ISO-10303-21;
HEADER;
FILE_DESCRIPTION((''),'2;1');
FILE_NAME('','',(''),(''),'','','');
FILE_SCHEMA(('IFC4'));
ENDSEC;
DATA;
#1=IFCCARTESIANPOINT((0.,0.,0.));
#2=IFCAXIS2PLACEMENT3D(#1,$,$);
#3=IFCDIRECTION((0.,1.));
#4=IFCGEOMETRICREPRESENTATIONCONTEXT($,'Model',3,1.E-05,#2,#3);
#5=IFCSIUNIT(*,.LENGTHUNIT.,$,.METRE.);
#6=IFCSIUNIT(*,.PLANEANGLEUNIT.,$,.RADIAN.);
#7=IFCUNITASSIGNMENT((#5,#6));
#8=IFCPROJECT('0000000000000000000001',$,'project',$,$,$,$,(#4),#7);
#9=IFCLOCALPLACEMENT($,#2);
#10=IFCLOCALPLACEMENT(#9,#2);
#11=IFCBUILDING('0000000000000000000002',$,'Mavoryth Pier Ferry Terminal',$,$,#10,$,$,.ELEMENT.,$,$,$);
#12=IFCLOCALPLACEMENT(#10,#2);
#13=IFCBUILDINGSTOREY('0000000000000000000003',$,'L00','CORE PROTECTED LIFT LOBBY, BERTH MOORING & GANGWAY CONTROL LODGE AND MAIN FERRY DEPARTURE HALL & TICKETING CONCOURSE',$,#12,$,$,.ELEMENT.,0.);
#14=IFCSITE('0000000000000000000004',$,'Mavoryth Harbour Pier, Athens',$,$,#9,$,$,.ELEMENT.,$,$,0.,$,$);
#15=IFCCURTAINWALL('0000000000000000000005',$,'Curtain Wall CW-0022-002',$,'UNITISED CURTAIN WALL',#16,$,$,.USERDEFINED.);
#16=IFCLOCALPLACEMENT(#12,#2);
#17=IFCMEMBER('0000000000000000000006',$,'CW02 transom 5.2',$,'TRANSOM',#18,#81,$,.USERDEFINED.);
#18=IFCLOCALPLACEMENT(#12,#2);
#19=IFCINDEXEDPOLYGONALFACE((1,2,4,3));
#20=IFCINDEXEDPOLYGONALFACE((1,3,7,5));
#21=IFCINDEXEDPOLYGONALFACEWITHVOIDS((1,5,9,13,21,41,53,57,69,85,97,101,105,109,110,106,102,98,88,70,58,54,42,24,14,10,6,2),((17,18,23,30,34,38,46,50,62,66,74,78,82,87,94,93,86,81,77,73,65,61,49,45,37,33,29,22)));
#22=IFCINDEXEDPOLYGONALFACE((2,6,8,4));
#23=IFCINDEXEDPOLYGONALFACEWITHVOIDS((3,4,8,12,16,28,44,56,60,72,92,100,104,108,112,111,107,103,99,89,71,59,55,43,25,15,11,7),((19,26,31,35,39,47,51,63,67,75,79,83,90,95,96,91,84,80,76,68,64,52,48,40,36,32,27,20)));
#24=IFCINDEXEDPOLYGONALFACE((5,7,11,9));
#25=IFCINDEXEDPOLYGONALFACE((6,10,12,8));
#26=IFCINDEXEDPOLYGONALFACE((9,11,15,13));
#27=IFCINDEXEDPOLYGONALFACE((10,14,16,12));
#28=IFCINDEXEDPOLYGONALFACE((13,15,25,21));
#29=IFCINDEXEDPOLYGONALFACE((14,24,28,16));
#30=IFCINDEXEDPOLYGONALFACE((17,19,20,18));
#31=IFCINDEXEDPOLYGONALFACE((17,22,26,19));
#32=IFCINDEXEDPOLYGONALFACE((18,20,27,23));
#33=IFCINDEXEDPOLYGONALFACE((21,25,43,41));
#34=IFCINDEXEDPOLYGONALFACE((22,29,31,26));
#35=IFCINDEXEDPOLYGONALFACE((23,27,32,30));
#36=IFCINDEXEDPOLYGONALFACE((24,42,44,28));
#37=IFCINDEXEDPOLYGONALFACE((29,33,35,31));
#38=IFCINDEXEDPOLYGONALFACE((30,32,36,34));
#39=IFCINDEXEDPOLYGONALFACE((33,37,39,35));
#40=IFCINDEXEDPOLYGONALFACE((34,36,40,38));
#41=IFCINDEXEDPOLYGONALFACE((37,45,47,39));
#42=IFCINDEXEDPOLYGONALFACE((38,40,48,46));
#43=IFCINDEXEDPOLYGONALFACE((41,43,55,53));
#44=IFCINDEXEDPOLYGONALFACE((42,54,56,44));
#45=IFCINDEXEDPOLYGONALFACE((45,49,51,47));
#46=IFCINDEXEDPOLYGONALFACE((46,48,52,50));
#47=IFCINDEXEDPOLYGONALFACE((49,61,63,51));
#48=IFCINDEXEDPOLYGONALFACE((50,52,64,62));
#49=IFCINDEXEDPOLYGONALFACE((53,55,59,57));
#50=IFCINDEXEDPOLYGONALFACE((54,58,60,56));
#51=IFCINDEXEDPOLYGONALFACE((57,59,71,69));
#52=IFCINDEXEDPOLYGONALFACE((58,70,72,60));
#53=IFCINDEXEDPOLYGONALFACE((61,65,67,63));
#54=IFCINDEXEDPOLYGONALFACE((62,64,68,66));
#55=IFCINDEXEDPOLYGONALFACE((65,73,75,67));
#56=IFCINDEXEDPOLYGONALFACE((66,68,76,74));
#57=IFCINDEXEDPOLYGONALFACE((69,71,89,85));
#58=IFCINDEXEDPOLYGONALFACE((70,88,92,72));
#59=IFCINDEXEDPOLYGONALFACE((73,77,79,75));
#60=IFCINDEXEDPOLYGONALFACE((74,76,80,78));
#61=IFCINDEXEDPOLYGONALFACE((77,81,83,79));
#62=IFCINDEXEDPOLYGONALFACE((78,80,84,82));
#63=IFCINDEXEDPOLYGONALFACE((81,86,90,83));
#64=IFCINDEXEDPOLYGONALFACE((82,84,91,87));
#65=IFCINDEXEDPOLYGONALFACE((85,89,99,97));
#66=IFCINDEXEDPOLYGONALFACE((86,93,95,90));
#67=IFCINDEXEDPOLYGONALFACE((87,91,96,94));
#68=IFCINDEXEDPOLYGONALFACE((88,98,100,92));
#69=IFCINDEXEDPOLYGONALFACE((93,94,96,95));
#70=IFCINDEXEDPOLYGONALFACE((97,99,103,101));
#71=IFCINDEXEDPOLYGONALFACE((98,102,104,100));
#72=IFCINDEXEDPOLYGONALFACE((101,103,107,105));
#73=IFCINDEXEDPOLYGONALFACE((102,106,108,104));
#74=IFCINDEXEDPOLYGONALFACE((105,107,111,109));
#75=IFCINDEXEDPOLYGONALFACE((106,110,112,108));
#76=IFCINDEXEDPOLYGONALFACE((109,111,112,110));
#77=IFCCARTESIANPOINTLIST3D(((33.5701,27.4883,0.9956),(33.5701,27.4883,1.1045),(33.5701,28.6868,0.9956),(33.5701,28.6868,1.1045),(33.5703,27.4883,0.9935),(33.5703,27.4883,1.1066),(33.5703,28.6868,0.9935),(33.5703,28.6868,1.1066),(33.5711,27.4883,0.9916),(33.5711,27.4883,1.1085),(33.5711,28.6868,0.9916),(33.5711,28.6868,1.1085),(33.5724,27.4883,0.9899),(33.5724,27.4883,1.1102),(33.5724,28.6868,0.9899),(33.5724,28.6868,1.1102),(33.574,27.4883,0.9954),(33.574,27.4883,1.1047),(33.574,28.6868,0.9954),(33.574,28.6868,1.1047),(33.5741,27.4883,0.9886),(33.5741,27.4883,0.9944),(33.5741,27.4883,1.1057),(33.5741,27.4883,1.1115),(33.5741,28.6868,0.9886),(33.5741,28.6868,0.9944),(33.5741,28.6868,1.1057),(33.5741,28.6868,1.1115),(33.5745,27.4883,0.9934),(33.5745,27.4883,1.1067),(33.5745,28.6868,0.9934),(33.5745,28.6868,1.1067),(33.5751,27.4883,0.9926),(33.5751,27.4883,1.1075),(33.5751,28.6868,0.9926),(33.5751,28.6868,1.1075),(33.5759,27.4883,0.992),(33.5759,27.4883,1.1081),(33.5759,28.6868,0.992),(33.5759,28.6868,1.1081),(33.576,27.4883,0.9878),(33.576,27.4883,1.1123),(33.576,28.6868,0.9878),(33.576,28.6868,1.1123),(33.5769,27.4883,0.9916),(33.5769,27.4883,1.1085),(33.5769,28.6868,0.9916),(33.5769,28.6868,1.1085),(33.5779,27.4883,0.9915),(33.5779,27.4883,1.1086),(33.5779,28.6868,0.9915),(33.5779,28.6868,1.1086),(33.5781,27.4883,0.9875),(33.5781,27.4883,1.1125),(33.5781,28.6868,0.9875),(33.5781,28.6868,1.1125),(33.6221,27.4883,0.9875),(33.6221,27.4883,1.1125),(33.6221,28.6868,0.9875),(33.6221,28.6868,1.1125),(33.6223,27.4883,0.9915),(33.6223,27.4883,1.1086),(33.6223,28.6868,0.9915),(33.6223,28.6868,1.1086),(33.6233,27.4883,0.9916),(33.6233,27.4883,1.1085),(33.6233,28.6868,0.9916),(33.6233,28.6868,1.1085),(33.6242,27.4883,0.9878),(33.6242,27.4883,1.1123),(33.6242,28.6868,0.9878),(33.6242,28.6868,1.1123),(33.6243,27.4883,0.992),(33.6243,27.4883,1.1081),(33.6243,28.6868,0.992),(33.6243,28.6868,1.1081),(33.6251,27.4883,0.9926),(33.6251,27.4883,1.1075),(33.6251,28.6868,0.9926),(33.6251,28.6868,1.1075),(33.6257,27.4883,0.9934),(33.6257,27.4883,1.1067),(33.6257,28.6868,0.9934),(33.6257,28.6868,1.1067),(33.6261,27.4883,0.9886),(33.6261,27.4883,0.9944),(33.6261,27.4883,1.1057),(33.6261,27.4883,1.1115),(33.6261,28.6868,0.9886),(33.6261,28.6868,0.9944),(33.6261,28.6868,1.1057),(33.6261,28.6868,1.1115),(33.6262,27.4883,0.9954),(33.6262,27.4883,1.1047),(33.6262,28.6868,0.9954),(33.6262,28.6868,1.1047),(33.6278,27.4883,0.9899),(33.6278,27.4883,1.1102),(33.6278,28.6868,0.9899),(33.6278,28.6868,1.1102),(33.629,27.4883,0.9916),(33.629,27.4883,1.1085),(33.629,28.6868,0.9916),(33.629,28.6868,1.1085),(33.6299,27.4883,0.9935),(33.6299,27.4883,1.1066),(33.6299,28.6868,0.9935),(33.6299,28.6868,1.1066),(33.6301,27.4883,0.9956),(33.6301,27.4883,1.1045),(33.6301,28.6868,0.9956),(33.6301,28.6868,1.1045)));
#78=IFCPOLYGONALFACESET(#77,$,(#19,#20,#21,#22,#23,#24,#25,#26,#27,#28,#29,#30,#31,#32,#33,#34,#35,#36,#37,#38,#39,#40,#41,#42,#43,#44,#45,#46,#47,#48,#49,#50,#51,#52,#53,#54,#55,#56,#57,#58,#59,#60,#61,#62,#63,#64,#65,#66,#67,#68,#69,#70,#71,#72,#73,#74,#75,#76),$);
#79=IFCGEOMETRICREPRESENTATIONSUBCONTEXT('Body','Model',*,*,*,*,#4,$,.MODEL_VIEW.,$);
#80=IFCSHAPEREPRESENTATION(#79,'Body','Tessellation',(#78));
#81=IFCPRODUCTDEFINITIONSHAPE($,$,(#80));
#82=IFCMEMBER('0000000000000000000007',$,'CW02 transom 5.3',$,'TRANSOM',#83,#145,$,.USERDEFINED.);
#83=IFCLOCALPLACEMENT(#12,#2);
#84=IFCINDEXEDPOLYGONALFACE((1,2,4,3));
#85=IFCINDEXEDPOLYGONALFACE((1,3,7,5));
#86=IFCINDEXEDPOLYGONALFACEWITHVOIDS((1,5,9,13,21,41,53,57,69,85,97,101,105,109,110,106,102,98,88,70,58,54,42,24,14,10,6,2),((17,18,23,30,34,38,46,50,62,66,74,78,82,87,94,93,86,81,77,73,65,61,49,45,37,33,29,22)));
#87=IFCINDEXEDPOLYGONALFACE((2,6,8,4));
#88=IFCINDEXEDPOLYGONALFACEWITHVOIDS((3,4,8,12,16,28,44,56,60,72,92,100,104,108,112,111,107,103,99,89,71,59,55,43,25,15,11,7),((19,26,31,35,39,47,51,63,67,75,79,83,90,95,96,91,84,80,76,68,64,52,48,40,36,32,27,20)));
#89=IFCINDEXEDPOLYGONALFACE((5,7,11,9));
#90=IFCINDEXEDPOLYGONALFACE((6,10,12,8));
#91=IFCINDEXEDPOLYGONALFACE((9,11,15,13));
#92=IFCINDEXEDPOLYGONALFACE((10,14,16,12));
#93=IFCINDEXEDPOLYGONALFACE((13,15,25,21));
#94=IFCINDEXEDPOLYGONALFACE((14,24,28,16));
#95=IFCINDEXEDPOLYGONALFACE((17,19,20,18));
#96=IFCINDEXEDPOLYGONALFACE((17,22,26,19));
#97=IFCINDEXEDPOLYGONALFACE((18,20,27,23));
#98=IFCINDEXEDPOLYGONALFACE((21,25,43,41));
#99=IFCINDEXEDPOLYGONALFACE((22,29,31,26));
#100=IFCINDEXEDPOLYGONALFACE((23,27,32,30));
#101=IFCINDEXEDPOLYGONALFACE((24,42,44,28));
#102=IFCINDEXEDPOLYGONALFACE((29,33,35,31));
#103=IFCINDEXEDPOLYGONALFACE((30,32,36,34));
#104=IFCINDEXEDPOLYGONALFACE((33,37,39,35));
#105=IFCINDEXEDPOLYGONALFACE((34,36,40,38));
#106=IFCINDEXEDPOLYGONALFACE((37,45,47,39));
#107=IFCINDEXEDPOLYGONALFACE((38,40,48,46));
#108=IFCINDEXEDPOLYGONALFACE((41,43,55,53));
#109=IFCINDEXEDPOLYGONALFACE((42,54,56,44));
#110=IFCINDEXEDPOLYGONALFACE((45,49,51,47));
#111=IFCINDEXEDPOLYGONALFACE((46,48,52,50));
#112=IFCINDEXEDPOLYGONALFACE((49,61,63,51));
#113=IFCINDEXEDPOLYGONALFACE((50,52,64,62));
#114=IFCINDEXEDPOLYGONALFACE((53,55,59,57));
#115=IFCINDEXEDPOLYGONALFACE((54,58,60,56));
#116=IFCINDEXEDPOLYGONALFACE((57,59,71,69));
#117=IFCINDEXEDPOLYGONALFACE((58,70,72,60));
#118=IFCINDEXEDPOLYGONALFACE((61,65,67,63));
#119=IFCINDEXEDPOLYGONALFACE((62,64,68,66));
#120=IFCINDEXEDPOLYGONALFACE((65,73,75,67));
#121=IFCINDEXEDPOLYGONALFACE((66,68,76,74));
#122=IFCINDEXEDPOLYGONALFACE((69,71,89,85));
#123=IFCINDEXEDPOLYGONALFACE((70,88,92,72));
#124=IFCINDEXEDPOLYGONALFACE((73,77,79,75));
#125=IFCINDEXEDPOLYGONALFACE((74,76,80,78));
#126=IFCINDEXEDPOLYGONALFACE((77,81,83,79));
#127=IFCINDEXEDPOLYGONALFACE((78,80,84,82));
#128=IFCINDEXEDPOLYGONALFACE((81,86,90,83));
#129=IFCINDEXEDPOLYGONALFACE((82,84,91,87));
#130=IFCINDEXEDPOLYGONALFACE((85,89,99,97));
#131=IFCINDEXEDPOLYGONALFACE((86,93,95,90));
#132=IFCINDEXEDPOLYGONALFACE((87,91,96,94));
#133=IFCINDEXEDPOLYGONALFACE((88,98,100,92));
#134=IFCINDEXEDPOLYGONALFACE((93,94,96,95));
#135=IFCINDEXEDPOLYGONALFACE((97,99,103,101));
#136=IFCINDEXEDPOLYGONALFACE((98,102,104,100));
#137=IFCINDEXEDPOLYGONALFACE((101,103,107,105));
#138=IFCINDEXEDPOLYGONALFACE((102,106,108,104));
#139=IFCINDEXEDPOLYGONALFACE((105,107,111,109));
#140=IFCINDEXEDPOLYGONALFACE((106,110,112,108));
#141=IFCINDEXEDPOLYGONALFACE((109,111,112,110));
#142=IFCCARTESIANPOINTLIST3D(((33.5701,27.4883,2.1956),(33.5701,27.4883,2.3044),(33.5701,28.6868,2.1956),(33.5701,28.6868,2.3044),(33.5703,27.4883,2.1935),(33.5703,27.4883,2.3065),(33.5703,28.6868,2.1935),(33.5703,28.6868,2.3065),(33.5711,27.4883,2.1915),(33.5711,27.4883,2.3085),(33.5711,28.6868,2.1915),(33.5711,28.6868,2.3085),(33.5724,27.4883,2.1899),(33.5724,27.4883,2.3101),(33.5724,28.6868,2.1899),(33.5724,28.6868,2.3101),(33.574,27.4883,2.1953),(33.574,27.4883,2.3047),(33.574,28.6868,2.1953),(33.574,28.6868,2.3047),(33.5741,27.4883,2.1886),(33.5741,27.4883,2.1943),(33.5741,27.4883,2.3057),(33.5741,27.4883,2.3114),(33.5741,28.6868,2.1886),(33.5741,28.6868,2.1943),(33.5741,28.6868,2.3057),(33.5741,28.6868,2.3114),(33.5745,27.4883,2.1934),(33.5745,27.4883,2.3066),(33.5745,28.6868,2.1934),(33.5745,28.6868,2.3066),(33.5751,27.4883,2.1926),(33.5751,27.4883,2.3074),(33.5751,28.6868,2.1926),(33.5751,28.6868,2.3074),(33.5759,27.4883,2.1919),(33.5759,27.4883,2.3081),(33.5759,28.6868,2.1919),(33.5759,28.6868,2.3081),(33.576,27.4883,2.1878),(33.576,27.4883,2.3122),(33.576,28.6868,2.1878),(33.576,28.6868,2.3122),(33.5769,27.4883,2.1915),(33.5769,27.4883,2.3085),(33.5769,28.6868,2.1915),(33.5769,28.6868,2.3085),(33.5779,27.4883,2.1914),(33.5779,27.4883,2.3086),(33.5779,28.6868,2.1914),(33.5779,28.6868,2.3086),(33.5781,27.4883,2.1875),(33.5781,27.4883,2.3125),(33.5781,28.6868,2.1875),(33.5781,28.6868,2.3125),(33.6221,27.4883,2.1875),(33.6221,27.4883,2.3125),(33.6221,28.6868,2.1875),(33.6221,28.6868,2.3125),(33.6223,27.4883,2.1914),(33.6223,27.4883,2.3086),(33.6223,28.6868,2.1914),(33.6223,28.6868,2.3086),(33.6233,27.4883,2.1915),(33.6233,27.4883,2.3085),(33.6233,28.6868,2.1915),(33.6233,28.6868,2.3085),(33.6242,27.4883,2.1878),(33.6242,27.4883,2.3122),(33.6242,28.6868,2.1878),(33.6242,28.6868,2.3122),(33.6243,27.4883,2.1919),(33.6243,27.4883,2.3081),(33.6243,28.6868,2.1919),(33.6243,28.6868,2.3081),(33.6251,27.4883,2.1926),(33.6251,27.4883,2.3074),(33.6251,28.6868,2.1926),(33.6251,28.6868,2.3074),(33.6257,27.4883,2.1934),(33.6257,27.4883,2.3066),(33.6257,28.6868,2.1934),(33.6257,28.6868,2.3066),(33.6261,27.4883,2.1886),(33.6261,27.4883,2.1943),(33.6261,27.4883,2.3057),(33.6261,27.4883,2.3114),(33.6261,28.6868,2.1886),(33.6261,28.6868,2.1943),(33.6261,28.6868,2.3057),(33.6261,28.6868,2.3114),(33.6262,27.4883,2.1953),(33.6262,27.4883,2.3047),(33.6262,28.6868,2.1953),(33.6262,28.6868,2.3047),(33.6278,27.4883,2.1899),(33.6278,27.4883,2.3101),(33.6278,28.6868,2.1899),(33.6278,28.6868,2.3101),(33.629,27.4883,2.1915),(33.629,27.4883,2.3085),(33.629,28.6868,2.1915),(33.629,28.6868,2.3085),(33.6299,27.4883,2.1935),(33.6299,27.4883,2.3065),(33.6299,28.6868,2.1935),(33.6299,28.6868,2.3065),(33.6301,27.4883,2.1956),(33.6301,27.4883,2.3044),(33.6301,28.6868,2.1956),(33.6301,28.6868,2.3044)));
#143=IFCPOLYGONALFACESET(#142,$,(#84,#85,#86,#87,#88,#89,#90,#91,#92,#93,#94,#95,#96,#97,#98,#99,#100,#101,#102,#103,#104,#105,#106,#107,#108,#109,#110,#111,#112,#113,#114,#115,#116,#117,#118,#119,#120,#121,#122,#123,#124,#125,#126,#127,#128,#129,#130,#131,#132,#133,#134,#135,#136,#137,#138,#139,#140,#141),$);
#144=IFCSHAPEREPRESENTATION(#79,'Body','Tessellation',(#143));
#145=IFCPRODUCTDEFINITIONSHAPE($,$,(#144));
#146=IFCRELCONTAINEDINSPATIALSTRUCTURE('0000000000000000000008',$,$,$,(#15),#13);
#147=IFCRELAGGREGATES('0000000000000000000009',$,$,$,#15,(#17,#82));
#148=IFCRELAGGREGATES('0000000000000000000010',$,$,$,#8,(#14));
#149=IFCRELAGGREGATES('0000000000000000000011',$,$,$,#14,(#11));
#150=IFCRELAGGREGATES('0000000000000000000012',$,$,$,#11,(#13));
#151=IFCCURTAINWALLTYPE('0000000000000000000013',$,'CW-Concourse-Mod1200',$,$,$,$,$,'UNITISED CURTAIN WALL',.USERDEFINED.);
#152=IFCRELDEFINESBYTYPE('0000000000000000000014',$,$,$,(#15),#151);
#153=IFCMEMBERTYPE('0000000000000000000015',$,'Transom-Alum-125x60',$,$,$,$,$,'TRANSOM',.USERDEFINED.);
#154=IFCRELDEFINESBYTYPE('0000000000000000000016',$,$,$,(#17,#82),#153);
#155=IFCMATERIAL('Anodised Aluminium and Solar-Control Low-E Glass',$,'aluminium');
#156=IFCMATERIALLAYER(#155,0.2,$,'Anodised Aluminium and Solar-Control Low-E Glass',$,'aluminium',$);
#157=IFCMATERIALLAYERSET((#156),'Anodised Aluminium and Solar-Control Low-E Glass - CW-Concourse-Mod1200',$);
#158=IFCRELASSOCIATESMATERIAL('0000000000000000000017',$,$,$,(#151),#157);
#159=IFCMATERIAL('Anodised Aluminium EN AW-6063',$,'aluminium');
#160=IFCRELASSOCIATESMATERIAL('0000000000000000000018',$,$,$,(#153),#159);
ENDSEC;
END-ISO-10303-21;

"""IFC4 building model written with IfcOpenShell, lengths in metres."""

from ifc_helpers import new_model, si_unit, direction, frame, origin, origin_2d, place, context, subcontext, project, spatial, hollow_rectangle, extrude, material, layer, layer_set, material_profile, profile_set, type_object, element, aggregate, save


model = new_model("IFC4")

# Units and contexts
model_context = context("Model", 3, precision=1e-05, world=origin(), true_north=direction((0.0, 1.0)))
body_context = subcontext(model_context, "Body", "Model", "MODEL_VIEW")
ifc_project = project(units=[si_unit("LENGTHUNIT", "METRE"), si_unit("PLANEANGLEUNIT", "RADIAN")], contexts=[model_context])

# Site, building, storey
site_placement = place(None, origin())
site = spatial("IfcSite", under=ifc_project, at=site_placement, Name="Mavoryth Harbour Pier, Athens", CompositionType="ELEMENT", RefElevation=0.0)
building_placement = place(site_placement, origin())
building = spatial("IfcBuilding", under=site, at=building_placement, Name="Mavoryth Pier Ferry Terminal", CompositionType="ELEMENT")
storey_placement = place(building_placement, origin())
storey = spatial("IfcBuildingStorey", under=building, at=storey_placement, Name="L00", Description="CORE PROTECTED LIFT LOBBY, BERTH MOORING & GANGWAY CONTROL LODGE AND MAIN FERRY DEPARTURE HALL & TICKETING CONCOURSE", CompositionType="ELEMENT", Elevation=0.0)

# Curtain wall, members
ifc_material_1 = material(Name="Anodised Aluminium and Solar-Control Low-E Glass", Category="aluminium")
ifc_layer_1 = layer(ifc_material_1, 0.2, Name="Anodised Aluminium and Solar-Control Low-E Glass", Category="aluminium")
ifc_layer_set_1 = layer_set([ifc_layer_1], Name="Anodised Aluminium and Solar-Control Low-E Glass - CW-Concourse-Mod1200")
curtain_wall_type = type_object("IfcCurtainWallType", Name="CW-Concourse-Mod1200", ElementType="UNITISED CURTAIN WALL", PredefinedType="USERDEFINED", material=ifc_layer_set_1)
curtain_wall_placement = place(storey_placement, origin())
curtain_wall = element("IfcCurtainWall", 1, at=curtain_wall_placement, inside=storey, type_object=curtain_wall_type, Name="Curtain Wall CW-0022-002", ObjectType="UNITISED CURTAIN WALL", PredefinedType="USERDEFINED")
ifc_material_2 = material(Name="Anodised Aluminium EN AW-6063", Category="aluminium")
ifc_material_profile_1 = material_profile(ifc_material_2, hollow_rectangle(XDim=0.0601, YDim=0.125, WallThickness=0.0039, InnerFilletRadius=0.0039, OuterFilletRadius=0.0081, at=origin_2d()), Name="AL-TRAN 125x60x4", Category="aluminium")
ifc_profile_set_1 = profile_set([ifc_material_profile_1], Name="Anodised Aluminium EN AW-6063 - AL-TRAN 125x60x4")
member_type_1 = type_object("IfcMemberType", Name="Transom-Alum-125x60", ElementType="TRANSOM", PredefinedType="USERDEFINED", material=ifc_profile_set_1)
member_1_placement = place(storey_placement, frame((33.6001, 27.4883, 1.05), z_axis=(0.0, 1.0, 0.0), x_axis=(-1.0, 0.0, 0.0)))
member_1 = element("IfcMember", 2, at=member_1_placement, type_object=member_type_1, Name="CW02 transom 5.2", ObjectType="TRANSOM", PredefinedType="USERDEFINED", context=body_context, shape_type="SweptSolid", body=[
    extrude(hollow_rectangle(XDim=0.0601, YDim=0.125, WallThickness=0.0039, InnerFilletRadius=0.0039, OuterFilletRadius=0.0081, at=origin_2d()), origin(), (0.0, 0.0, 1.0), 1.1985),
])
member_2_placement = place(storey_placement, frame((33.6001, 27.4883, 2.25), z_axis=(0.0, 1.0, 0.0), x_axis=(-1.0, 0.0, 0.0)))
member_2 = element("IfcMember", 3, at=member_2_placement, type_object=member_type_1, Name="CW02 transom 5.3", ObjectType="TRANSOM", PredefinedType="USERDEFINED", context=body_context, shape_type="SweptSolid", body=[
    extrude(hollow_rectangle(XDim=0.0601, YDim=0.125, WallThickness=0.0039, InnerFilletRadius=0.0039, OuterFilletRadius=0.0081, at=origin_2d()), origin(), (0.0, 0.0, 1.0), 1.1985),
])
aggregate(curtain_wall, [member_1, member_2])

save(model, "model.ifc")
